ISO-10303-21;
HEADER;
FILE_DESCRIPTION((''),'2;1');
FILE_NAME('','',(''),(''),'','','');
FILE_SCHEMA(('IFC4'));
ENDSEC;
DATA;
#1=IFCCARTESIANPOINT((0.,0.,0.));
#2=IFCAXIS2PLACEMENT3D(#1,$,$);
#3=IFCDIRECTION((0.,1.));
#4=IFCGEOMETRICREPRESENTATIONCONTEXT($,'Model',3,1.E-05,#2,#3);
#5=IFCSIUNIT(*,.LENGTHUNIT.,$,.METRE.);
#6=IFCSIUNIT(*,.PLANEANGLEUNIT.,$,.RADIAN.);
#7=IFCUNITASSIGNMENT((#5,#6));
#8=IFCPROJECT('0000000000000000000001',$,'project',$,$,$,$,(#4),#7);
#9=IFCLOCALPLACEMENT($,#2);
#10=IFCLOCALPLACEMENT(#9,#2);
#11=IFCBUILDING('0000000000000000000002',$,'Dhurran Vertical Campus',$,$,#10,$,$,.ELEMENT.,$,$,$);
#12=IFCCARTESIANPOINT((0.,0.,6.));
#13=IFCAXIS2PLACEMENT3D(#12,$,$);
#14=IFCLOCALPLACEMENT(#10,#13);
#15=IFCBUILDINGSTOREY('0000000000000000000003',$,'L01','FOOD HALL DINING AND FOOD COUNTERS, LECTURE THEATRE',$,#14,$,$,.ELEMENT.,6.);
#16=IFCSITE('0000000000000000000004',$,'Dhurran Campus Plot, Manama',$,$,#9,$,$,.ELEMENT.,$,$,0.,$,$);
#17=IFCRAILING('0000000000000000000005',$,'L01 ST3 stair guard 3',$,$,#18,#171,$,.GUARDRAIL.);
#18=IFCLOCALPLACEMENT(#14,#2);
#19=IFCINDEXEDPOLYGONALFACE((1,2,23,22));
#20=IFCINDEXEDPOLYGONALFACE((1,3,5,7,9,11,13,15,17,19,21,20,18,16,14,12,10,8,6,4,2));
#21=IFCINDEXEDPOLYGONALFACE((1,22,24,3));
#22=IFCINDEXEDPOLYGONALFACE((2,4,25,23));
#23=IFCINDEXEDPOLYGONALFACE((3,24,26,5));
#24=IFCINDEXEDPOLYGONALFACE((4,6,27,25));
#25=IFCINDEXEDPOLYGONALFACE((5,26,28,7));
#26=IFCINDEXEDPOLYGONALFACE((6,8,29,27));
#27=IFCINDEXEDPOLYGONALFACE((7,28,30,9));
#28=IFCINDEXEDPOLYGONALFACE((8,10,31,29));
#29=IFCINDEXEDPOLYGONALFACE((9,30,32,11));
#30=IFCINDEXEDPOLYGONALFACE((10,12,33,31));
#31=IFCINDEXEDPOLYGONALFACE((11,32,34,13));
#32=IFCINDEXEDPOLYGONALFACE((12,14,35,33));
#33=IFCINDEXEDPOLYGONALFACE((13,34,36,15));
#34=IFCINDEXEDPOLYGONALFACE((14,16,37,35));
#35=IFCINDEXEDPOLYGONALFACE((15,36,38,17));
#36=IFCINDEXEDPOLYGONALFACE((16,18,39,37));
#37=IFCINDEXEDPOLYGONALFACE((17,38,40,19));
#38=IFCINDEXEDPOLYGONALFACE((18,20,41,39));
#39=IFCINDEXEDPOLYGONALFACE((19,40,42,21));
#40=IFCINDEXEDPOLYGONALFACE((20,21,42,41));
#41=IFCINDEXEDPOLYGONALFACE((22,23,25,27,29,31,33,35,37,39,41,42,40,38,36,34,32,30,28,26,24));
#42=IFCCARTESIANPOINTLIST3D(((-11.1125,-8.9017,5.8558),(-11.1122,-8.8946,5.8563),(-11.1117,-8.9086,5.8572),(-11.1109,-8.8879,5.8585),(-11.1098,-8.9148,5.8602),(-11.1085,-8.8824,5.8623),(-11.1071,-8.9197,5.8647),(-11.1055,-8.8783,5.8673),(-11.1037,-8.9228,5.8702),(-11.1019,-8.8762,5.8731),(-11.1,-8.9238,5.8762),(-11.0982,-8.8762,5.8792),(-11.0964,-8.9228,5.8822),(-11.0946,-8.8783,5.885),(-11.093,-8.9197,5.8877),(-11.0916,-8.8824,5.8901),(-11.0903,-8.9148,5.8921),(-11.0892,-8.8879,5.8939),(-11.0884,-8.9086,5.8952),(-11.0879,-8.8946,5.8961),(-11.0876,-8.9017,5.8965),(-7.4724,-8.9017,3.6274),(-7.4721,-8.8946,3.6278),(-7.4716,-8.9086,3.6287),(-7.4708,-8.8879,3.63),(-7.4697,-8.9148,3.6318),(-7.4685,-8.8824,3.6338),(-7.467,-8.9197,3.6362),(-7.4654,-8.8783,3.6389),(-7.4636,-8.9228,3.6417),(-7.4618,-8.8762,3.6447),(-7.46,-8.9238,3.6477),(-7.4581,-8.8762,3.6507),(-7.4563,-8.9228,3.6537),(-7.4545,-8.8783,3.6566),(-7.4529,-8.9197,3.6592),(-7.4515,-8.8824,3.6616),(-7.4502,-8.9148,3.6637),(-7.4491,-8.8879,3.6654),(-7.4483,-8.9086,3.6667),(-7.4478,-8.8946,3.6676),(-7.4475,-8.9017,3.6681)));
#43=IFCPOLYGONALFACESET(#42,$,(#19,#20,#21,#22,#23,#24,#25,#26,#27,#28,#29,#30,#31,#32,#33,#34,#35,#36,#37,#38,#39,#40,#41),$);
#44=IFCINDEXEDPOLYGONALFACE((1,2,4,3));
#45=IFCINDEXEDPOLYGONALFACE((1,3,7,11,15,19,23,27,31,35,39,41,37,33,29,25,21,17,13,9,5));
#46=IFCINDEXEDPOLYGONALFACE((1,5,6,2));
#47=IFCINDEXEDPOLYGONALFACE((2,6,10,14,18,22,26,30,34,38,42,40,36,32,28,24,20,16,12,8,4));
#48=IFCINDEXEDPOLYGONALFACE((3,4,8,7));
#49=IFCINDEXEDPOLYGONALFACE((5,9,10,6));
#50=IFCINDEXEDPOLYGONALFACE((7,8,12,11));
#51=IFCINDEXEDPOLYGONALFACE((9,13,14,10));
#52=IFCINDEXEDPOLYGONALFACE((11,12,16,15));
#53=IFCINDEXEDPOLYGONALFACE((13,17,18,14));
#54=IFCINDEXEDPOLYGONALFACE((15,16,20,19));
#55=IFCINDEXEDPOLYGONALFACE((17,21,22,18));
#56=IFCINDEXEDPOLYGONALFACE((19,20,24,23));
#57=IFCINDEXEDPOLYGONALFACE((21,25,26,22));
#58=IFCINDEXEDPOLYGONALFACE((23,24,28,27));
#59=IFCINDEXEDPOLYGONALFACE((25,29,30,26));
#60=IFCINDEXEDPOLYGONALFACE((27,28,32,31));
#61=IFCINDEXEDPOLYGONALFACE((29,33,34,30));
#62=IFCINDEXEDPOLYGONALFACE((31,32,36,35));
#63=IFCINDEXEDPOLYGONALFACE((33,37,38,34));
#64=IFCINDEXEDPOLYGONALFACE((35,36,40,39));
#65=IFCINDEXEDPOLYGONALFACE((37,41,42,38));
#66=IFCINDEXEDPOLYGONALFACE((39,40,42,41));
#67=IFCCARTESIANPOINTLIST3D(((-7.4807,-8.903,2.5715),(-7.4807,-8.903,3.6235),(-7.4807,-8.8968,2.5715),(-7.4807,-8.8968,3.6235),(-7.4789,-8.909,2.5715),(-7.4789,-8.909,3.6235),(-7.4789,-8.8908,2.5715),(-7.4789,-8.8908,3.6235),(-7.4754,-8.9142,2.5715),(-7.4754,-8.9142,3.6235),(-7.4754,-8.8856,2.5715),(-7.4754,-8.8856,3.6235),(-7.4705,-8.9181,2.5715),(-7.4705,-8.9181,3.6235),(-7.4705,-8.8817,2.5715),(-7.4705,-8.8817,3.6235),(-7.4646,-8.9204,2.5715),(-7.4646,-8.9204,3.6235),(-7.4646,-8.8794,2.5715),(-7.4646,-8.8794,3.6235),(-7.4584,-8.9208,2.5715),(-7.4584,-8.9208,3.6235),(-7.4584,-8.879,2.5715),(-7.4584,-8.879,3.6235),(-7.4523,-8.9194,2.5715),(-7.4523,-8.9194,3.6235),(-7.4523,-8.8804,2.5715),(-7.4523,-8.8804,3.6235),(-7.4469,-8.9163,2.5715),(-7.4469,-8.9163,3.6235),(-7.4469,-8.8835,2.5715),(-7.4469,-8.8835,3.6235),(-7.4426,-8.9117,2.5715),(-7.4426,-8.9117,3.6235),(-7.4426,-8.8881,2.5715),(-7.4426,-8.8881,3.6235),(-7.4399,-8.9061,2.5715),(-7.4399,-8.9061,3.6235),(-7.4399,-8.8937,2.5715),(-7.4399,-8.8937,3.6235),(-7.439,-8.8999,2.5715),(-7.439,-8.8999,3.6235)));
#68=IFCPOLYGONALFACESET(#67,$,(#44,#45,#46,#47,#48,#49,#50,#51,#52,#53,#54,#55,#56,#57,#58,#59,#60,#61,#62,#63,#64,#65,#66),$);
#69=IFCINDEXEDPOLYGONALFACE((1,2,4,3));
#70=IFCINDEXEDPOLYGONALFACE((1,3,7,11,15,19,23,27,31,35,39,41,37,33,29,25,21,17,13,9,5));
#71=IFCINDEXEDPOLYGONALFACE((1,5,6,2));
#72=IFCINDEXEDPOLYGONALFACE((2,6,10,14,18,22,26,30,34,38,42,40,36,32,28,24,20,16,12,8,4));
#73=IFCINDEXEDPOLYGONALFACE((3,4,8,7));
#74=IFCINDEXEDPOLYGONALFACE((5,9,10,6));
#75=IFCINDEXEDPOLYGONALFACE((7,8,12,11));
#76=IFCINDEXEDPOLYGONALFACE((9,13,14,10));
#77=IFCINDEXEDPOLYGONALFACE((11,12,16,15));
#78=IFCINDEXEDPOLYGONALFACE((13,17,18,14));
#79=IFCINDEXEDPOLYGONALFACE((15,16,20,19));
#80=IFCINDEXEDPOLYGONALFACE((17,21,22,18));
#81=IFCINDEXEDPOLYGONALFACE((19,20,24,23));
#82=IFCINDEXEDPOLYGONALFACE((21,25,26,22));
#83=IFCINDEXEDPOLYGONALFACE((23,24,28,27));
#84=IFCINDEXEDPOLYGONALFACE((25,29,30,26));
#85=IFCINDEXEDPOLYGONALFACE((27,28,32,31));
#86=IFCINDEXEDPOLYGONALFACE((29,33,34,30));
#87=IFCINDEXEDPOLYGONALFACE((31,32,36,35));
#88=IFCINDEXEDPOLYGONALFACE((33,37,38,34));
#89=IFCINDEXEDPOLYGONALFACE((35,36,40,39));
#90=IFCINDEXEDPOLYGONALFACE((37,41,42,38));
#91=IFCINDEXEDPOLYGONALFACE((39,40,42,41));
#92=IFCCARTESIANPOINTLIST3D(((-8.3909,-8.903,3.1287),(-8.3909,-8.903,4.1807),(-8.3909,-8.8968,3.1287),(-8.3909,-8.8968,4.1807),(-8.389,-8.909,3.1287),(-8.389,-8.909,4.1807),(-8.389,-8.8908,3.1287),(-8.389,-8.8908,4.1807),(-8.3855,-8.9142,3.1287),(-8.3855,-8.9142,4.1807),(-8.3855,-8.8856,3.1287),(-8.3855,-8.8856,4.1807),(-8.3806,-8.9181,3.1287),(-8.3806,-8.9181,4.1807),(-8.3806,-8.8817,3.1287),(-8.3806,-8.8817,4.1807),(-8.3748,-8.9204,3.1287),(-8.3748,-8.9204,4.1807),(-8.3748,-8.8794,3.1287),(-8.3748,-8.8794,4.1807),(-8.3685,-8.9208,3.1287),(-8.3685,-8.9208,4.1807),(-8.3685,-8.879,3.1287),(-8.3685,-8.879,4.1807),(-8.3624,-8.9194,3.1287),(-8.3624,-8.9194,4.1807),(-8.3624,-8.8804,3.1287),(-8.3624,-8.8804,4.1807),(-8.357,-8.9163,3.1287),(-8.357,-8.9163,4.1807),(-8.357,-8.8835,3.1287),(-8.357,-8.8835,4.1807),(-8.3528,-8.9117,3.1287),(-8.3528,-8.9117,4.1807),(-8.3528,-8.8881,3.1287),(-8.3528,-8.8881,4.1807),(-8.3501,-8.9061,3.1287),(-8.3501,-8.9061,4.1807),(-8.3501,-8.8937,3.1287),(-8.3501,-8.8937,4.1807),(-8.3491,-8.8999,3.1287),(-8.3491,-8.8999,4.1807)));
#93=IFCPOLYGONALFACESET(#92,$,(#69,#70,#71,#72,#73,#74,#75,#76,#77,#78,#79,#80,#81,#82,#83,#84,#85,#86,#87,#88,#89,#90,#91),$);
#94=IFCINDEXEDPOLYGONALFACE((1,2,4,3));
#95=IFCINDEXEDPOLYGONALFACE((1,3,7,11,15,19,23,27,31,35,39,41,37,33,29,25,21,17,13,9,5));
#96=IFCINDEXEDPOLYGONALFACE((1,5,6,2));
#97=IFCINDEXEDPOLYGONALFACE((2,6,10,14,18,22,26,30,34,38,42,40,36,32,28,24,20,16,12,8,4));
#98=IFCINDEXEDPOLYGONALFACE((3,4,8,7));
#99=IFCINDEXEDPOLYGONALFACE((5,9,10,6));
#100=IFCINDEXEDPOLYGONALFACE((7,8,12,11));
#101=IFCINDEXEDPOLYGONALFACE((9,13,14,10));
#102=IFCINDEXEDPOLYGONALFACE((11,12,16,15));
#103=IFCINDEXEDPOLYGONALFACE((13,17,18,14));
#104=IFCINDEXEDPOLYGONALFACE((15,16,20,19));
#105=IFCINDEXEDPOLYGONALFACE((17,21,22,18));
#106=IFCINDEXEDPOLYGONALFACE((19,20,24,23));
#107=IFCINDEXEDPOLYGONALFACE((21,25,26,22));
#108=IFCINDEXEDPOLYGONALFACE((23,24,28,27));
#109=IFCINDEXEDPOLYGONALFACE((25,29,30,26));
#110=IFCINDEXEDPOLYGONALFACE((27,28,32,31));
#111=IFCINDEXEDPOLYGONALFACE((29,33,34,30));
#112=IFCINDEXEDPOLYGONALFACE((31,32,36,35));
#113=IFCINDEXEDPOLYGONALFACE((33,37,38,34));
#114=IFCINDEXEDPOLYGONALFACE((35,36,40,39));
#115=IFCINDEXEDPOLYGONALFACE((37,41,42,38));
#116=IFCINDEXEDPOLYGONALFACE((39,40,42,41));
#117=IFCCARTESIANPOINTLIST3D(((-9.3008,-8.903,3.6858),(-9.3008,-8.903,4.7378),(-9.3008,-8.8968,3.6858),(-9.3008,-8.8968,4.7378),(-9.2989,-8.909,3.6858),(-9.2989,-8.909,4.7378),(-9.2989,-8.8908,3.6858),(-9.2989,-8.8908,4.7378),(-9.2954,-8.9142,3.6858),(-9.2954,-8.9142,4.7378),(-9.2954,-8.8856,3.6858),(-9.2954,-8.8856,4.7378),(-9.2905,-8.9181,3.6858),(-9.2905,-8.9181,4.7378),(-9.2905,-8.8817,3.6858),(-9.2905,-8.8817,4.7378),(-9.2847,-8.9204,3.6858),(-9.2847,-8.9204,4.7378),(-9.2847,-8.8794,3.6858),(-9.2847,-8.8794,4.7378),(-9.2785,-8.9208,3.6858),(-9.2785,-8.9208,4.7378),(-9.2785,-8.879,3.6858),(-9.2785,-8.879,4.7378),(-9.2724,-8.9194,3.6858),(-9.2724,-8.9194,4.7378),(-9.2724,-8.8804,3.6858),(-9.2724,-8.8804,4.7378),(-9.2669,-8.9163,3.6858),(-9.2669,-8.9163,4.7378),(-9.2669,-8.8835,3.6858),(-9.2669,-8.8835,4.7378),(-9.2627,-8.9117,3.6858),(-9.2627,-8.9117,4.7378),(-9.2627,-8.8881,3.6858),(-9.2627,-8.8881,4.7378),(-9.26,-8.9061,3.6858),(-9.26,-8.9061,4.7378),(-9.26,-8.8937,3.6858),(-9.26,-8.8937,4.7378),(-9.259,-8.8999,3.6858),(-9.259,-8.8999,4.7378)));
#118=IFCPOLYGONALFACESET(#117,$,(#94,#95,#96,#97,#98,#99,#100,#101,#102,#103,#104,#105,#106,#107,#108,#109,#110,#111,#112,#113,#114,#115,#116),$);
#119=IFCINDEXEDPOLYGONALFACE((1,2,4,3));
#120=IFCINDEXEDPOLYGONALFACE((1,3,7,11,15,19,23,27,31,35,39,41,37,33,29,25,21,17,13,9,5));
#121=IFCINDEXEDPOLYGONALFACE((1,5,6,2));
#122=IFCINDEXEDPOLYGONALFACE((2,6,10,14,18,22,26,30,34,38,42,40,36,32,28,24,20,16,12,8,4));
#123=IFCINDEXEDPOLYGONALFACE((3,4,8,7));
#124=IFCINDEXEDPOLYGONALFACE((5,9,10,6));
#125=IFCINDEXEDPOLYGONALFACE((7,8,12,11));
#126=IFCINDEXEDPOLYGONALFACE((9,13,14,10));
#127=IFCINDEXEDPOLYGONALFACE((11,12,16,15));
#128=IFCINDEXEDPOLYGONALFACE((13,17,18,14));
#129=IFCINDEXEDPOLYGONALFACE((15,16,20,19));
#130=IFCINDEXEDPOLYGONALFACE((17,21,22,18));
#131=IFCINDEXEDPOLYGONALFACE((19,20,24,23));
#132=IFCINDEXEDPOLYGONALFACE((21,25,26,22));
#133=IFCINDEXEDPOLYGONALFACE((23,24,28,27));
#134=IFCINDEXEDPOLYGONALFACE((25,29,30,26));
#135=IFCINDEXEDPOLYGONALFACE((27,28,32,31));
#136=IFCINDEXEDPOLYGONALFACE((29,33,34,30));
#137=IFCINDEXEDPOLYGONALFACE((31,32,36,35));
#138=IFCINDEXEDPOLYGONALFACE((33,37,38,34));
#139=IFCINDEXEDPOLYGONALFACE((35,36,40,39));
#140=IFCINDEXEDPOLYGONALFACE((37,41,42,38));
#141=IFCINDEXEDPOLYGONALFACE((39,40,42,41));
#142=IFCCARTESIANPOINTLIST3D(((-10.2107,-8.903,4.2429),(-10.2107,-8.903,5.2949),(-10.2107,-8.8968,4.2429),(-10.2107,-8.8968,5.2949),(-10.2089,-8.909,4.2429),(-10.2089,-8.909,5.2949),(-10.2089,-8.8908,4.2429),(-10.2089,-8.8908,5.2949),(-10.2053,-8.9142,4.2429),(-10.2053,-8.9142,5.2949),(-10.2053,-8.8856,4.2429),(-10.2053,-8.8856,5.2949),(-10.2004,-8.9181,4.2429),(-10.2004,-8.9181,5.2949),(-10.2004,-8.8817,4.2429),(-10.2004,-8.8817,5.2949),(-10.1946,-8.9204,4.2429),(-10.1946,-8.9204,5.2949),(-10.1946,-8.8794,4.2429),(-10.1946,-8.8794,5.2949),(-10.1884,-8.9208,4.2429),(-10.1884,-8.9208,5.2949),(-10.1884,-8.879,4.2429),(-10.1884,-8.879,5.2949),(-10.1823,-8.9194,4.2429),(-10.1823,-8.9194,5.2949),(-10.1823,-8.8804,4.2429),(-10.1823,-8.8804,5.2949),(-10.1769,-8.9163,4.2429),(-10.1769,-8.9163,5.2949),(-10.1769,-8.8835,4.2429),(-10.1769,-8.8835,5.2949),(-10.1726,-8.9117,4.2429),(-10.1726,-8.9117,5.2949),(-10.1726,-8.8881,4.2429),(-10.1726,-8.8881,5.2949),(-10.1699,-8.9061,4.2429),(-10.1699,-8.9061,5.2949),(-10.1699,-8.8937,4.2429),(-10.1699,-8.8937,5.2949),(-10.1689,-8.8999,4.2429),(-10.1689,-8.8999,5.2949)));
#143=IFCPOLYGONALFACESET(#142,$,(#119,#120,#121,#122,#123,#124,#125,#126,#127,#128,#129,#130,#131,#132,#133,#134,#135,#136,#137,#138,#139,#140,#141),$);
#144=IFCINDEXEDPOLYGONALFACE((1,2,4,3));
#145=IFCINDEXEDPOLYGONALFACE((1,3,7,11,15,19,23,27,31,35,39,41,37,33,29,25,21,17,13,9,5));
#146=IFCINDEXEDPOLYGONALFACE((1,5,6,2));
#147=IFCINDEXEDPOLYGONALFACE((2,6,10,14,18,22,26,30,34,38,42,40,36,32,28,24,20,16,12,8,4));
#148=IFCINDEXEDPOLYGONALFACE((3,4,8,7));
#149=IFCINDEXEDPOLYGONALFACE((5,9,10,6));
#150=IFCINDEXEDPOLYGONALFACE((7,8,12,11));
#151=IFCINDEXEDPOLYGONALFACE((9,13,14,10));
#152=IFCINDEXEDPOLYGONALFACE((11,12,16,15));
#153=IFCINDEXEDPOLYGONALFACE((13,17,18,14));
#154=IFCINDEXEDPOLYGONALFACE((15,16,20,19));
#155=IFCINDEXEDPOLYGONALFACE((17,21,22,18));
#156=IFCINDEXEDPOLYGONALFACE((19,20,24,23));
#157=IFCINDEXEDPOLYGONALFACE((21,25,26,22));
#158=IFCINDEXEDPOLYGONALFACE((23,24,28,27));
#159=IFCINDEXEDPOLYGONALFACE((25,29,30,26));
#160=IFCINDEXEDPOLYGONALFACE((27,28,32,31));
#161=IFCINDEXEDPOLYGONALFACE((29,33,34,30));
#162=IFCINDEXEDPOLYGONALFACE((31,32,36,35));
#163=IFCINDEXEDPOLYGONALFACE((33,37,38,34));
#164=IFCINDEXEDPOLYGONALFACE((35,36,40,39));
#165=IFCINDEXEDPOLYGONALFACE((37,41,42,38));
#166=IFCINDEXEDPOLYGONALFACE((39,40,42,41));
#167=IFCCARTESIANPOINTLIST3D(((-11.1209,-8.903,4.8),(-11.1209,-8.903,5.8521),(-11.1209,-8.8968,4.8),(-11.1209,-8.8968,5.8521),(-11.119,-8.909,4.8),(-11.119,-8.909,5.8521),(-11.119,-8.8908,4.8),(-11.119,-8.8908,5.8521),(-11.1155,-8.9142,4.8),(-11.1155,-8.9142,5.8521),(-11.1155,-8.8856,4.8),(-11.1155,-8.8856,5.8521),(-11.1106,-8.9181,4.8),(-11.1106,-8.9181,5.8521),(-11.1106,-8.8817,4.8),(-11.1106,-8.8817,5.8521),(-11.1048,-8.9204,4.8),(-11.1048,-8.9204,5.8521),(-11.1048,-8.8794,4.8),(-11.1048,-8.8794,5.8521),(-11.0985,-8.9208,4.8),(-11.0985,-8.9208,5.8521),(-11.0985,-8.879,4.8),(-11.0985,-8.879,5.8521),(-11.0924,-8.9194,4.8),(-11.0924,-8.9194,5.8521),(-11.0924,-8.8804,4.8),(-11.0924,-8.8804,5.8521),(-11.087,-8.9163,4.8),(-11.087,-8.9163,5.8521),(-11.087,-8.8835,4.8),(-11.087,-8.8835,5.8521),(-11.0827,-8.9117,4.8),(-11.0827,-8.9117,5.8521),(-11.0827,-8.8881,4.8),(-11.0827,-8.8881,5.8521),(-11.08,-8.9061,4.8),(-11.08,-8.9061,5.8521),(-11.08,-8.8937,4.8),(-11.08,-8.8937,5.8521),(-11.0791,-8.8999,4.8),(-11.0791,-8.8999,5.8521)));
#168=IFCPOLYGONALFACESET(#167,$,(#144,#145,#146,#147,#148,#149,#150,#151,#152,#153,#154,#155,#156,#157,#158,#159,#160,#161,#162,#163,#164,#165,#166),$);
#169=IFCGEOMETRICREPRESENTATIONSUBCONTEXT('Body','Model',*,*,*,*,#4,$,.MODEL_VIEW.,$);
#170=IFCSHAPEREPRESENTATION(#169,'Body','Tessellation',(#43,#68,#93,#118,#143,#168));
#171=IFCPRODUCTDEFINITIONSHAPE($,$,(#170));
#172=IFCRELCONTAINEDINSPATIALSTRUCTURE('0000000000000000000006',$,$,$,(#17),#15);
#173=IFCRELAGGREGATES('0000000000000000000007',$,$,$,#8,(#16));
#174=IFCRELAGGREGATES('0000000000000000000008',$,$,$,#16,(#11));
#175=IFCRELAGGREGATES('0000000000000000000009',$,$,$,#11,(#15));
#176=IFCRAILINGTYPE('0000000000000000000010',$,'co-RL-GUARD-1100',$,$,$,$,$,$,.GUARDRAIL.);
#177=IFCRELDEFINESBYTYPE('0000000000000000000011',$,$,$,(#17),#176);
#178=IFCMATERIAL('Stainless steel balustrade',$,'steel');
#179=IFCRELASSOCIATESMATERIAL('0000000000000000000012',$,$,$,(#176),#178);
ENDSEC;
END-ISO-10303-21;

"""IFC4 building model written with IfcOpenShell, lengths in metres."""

from ifc_helpers import new_model, si_unit, direction, frame, origin, origin_2d, place, context, subcontext, project, spatial, circle, extrude, material, type_object, element, save


model = new_model("IFC4")

# Units and contexts
model_context = context("Model", 3, precision=1e-05, world=origin(), true_north=direction((0.0, 1.0)))
body_context = subcontext(model_context, "Body", "Model", "MODEL_VIEW")
ifc_project = project(units=[si_unit("LENGTHUNIT", "METRE"), si_unit("PLANEANGLEUNIT", "RADIAN")], contexts=[model_context])

# Site, building, storey
site_placement = place(None, origin())
site = spatial("IfcSite", under=ifc_project, at=site_placement, Name="Dhurran Campus Plot, Manama", CompositionType="ELEMENT", RefElevation=0.0)
building_placement = place(site_placement, origin())
building = spatial("IfcBuilding", under=site, at=building_placement, Name="Dhurran Vertical Campus", CompositionType="ELEMENT")
storey_placement = place(building_placement, frame((0.0, 0.0, 6.0)))
storey = spatial("IfcBuildingStorey", under=building, at=storey_placement, Name="L01", Description="FOOD HALL DINING AND FOOD COUNTERS, LECTURE THEATRE", CompositionType="ELEMENT", Elevation=6.0)

# Railing
ifc_material_1 = material(Name="Stainless steel balustrade", Category="steel")
railing_type_1 = type_object("IfcRailingType", Name="co-RL-GUARD-1100", PredefinedType="GUARDRAIL", material=ifc_material_1)
railing_1_placement = place(storey_placement, frame((-7.46, -8.8999, 2.5715)))
element("IfcRailing", 1, at=railing_1_placement, inside=storey, type_object=railing_type_1, Name="L01 ST3 stair guard 3", PredefinedType="GUARDRAIL", context=body_context, shape_type="SweptSolid", body=[
    extrude(circle(Radius=0.0239, at=origin_2d()), frame((0.0, 0.0, 1.0762), z_axis=(-0.852866, 0.0, 0.52213), x_axis=(0.0, -1.0, 0.0)), (0.0, 0.0, 1.0), 4.2681),
    extrude(circle(Radius=0.021, at=origin_2d()), origin(), (0.0, 0.0, 1.0), 1.052),
    extrude(circle(Radius=0.021, at=origin_2d()), frame((-0.9102, 0.0, 0.5571)), (0.0, 0.0, 1.0), 1.052),
    extrude(circle(Radius=0.021, at=origin_2d()), frame((-1.8201, 0.0, 1.1143)), (0.0, 0.0, 1.0), 1.052),
    extrude(circle(Radius=0.021, at=origin_2d()), frame((-2.73, 0.0, 1.6714)), (0.0, 0.0, 1.0), 1.052),
    extrude(circle(Radius=0.021, at=origin_2d()), frame((-3.6401, 0.0, 2.2285)), (0.0, 0.0, 1.0), 1.052),
])

save(model, "model.ifc")
